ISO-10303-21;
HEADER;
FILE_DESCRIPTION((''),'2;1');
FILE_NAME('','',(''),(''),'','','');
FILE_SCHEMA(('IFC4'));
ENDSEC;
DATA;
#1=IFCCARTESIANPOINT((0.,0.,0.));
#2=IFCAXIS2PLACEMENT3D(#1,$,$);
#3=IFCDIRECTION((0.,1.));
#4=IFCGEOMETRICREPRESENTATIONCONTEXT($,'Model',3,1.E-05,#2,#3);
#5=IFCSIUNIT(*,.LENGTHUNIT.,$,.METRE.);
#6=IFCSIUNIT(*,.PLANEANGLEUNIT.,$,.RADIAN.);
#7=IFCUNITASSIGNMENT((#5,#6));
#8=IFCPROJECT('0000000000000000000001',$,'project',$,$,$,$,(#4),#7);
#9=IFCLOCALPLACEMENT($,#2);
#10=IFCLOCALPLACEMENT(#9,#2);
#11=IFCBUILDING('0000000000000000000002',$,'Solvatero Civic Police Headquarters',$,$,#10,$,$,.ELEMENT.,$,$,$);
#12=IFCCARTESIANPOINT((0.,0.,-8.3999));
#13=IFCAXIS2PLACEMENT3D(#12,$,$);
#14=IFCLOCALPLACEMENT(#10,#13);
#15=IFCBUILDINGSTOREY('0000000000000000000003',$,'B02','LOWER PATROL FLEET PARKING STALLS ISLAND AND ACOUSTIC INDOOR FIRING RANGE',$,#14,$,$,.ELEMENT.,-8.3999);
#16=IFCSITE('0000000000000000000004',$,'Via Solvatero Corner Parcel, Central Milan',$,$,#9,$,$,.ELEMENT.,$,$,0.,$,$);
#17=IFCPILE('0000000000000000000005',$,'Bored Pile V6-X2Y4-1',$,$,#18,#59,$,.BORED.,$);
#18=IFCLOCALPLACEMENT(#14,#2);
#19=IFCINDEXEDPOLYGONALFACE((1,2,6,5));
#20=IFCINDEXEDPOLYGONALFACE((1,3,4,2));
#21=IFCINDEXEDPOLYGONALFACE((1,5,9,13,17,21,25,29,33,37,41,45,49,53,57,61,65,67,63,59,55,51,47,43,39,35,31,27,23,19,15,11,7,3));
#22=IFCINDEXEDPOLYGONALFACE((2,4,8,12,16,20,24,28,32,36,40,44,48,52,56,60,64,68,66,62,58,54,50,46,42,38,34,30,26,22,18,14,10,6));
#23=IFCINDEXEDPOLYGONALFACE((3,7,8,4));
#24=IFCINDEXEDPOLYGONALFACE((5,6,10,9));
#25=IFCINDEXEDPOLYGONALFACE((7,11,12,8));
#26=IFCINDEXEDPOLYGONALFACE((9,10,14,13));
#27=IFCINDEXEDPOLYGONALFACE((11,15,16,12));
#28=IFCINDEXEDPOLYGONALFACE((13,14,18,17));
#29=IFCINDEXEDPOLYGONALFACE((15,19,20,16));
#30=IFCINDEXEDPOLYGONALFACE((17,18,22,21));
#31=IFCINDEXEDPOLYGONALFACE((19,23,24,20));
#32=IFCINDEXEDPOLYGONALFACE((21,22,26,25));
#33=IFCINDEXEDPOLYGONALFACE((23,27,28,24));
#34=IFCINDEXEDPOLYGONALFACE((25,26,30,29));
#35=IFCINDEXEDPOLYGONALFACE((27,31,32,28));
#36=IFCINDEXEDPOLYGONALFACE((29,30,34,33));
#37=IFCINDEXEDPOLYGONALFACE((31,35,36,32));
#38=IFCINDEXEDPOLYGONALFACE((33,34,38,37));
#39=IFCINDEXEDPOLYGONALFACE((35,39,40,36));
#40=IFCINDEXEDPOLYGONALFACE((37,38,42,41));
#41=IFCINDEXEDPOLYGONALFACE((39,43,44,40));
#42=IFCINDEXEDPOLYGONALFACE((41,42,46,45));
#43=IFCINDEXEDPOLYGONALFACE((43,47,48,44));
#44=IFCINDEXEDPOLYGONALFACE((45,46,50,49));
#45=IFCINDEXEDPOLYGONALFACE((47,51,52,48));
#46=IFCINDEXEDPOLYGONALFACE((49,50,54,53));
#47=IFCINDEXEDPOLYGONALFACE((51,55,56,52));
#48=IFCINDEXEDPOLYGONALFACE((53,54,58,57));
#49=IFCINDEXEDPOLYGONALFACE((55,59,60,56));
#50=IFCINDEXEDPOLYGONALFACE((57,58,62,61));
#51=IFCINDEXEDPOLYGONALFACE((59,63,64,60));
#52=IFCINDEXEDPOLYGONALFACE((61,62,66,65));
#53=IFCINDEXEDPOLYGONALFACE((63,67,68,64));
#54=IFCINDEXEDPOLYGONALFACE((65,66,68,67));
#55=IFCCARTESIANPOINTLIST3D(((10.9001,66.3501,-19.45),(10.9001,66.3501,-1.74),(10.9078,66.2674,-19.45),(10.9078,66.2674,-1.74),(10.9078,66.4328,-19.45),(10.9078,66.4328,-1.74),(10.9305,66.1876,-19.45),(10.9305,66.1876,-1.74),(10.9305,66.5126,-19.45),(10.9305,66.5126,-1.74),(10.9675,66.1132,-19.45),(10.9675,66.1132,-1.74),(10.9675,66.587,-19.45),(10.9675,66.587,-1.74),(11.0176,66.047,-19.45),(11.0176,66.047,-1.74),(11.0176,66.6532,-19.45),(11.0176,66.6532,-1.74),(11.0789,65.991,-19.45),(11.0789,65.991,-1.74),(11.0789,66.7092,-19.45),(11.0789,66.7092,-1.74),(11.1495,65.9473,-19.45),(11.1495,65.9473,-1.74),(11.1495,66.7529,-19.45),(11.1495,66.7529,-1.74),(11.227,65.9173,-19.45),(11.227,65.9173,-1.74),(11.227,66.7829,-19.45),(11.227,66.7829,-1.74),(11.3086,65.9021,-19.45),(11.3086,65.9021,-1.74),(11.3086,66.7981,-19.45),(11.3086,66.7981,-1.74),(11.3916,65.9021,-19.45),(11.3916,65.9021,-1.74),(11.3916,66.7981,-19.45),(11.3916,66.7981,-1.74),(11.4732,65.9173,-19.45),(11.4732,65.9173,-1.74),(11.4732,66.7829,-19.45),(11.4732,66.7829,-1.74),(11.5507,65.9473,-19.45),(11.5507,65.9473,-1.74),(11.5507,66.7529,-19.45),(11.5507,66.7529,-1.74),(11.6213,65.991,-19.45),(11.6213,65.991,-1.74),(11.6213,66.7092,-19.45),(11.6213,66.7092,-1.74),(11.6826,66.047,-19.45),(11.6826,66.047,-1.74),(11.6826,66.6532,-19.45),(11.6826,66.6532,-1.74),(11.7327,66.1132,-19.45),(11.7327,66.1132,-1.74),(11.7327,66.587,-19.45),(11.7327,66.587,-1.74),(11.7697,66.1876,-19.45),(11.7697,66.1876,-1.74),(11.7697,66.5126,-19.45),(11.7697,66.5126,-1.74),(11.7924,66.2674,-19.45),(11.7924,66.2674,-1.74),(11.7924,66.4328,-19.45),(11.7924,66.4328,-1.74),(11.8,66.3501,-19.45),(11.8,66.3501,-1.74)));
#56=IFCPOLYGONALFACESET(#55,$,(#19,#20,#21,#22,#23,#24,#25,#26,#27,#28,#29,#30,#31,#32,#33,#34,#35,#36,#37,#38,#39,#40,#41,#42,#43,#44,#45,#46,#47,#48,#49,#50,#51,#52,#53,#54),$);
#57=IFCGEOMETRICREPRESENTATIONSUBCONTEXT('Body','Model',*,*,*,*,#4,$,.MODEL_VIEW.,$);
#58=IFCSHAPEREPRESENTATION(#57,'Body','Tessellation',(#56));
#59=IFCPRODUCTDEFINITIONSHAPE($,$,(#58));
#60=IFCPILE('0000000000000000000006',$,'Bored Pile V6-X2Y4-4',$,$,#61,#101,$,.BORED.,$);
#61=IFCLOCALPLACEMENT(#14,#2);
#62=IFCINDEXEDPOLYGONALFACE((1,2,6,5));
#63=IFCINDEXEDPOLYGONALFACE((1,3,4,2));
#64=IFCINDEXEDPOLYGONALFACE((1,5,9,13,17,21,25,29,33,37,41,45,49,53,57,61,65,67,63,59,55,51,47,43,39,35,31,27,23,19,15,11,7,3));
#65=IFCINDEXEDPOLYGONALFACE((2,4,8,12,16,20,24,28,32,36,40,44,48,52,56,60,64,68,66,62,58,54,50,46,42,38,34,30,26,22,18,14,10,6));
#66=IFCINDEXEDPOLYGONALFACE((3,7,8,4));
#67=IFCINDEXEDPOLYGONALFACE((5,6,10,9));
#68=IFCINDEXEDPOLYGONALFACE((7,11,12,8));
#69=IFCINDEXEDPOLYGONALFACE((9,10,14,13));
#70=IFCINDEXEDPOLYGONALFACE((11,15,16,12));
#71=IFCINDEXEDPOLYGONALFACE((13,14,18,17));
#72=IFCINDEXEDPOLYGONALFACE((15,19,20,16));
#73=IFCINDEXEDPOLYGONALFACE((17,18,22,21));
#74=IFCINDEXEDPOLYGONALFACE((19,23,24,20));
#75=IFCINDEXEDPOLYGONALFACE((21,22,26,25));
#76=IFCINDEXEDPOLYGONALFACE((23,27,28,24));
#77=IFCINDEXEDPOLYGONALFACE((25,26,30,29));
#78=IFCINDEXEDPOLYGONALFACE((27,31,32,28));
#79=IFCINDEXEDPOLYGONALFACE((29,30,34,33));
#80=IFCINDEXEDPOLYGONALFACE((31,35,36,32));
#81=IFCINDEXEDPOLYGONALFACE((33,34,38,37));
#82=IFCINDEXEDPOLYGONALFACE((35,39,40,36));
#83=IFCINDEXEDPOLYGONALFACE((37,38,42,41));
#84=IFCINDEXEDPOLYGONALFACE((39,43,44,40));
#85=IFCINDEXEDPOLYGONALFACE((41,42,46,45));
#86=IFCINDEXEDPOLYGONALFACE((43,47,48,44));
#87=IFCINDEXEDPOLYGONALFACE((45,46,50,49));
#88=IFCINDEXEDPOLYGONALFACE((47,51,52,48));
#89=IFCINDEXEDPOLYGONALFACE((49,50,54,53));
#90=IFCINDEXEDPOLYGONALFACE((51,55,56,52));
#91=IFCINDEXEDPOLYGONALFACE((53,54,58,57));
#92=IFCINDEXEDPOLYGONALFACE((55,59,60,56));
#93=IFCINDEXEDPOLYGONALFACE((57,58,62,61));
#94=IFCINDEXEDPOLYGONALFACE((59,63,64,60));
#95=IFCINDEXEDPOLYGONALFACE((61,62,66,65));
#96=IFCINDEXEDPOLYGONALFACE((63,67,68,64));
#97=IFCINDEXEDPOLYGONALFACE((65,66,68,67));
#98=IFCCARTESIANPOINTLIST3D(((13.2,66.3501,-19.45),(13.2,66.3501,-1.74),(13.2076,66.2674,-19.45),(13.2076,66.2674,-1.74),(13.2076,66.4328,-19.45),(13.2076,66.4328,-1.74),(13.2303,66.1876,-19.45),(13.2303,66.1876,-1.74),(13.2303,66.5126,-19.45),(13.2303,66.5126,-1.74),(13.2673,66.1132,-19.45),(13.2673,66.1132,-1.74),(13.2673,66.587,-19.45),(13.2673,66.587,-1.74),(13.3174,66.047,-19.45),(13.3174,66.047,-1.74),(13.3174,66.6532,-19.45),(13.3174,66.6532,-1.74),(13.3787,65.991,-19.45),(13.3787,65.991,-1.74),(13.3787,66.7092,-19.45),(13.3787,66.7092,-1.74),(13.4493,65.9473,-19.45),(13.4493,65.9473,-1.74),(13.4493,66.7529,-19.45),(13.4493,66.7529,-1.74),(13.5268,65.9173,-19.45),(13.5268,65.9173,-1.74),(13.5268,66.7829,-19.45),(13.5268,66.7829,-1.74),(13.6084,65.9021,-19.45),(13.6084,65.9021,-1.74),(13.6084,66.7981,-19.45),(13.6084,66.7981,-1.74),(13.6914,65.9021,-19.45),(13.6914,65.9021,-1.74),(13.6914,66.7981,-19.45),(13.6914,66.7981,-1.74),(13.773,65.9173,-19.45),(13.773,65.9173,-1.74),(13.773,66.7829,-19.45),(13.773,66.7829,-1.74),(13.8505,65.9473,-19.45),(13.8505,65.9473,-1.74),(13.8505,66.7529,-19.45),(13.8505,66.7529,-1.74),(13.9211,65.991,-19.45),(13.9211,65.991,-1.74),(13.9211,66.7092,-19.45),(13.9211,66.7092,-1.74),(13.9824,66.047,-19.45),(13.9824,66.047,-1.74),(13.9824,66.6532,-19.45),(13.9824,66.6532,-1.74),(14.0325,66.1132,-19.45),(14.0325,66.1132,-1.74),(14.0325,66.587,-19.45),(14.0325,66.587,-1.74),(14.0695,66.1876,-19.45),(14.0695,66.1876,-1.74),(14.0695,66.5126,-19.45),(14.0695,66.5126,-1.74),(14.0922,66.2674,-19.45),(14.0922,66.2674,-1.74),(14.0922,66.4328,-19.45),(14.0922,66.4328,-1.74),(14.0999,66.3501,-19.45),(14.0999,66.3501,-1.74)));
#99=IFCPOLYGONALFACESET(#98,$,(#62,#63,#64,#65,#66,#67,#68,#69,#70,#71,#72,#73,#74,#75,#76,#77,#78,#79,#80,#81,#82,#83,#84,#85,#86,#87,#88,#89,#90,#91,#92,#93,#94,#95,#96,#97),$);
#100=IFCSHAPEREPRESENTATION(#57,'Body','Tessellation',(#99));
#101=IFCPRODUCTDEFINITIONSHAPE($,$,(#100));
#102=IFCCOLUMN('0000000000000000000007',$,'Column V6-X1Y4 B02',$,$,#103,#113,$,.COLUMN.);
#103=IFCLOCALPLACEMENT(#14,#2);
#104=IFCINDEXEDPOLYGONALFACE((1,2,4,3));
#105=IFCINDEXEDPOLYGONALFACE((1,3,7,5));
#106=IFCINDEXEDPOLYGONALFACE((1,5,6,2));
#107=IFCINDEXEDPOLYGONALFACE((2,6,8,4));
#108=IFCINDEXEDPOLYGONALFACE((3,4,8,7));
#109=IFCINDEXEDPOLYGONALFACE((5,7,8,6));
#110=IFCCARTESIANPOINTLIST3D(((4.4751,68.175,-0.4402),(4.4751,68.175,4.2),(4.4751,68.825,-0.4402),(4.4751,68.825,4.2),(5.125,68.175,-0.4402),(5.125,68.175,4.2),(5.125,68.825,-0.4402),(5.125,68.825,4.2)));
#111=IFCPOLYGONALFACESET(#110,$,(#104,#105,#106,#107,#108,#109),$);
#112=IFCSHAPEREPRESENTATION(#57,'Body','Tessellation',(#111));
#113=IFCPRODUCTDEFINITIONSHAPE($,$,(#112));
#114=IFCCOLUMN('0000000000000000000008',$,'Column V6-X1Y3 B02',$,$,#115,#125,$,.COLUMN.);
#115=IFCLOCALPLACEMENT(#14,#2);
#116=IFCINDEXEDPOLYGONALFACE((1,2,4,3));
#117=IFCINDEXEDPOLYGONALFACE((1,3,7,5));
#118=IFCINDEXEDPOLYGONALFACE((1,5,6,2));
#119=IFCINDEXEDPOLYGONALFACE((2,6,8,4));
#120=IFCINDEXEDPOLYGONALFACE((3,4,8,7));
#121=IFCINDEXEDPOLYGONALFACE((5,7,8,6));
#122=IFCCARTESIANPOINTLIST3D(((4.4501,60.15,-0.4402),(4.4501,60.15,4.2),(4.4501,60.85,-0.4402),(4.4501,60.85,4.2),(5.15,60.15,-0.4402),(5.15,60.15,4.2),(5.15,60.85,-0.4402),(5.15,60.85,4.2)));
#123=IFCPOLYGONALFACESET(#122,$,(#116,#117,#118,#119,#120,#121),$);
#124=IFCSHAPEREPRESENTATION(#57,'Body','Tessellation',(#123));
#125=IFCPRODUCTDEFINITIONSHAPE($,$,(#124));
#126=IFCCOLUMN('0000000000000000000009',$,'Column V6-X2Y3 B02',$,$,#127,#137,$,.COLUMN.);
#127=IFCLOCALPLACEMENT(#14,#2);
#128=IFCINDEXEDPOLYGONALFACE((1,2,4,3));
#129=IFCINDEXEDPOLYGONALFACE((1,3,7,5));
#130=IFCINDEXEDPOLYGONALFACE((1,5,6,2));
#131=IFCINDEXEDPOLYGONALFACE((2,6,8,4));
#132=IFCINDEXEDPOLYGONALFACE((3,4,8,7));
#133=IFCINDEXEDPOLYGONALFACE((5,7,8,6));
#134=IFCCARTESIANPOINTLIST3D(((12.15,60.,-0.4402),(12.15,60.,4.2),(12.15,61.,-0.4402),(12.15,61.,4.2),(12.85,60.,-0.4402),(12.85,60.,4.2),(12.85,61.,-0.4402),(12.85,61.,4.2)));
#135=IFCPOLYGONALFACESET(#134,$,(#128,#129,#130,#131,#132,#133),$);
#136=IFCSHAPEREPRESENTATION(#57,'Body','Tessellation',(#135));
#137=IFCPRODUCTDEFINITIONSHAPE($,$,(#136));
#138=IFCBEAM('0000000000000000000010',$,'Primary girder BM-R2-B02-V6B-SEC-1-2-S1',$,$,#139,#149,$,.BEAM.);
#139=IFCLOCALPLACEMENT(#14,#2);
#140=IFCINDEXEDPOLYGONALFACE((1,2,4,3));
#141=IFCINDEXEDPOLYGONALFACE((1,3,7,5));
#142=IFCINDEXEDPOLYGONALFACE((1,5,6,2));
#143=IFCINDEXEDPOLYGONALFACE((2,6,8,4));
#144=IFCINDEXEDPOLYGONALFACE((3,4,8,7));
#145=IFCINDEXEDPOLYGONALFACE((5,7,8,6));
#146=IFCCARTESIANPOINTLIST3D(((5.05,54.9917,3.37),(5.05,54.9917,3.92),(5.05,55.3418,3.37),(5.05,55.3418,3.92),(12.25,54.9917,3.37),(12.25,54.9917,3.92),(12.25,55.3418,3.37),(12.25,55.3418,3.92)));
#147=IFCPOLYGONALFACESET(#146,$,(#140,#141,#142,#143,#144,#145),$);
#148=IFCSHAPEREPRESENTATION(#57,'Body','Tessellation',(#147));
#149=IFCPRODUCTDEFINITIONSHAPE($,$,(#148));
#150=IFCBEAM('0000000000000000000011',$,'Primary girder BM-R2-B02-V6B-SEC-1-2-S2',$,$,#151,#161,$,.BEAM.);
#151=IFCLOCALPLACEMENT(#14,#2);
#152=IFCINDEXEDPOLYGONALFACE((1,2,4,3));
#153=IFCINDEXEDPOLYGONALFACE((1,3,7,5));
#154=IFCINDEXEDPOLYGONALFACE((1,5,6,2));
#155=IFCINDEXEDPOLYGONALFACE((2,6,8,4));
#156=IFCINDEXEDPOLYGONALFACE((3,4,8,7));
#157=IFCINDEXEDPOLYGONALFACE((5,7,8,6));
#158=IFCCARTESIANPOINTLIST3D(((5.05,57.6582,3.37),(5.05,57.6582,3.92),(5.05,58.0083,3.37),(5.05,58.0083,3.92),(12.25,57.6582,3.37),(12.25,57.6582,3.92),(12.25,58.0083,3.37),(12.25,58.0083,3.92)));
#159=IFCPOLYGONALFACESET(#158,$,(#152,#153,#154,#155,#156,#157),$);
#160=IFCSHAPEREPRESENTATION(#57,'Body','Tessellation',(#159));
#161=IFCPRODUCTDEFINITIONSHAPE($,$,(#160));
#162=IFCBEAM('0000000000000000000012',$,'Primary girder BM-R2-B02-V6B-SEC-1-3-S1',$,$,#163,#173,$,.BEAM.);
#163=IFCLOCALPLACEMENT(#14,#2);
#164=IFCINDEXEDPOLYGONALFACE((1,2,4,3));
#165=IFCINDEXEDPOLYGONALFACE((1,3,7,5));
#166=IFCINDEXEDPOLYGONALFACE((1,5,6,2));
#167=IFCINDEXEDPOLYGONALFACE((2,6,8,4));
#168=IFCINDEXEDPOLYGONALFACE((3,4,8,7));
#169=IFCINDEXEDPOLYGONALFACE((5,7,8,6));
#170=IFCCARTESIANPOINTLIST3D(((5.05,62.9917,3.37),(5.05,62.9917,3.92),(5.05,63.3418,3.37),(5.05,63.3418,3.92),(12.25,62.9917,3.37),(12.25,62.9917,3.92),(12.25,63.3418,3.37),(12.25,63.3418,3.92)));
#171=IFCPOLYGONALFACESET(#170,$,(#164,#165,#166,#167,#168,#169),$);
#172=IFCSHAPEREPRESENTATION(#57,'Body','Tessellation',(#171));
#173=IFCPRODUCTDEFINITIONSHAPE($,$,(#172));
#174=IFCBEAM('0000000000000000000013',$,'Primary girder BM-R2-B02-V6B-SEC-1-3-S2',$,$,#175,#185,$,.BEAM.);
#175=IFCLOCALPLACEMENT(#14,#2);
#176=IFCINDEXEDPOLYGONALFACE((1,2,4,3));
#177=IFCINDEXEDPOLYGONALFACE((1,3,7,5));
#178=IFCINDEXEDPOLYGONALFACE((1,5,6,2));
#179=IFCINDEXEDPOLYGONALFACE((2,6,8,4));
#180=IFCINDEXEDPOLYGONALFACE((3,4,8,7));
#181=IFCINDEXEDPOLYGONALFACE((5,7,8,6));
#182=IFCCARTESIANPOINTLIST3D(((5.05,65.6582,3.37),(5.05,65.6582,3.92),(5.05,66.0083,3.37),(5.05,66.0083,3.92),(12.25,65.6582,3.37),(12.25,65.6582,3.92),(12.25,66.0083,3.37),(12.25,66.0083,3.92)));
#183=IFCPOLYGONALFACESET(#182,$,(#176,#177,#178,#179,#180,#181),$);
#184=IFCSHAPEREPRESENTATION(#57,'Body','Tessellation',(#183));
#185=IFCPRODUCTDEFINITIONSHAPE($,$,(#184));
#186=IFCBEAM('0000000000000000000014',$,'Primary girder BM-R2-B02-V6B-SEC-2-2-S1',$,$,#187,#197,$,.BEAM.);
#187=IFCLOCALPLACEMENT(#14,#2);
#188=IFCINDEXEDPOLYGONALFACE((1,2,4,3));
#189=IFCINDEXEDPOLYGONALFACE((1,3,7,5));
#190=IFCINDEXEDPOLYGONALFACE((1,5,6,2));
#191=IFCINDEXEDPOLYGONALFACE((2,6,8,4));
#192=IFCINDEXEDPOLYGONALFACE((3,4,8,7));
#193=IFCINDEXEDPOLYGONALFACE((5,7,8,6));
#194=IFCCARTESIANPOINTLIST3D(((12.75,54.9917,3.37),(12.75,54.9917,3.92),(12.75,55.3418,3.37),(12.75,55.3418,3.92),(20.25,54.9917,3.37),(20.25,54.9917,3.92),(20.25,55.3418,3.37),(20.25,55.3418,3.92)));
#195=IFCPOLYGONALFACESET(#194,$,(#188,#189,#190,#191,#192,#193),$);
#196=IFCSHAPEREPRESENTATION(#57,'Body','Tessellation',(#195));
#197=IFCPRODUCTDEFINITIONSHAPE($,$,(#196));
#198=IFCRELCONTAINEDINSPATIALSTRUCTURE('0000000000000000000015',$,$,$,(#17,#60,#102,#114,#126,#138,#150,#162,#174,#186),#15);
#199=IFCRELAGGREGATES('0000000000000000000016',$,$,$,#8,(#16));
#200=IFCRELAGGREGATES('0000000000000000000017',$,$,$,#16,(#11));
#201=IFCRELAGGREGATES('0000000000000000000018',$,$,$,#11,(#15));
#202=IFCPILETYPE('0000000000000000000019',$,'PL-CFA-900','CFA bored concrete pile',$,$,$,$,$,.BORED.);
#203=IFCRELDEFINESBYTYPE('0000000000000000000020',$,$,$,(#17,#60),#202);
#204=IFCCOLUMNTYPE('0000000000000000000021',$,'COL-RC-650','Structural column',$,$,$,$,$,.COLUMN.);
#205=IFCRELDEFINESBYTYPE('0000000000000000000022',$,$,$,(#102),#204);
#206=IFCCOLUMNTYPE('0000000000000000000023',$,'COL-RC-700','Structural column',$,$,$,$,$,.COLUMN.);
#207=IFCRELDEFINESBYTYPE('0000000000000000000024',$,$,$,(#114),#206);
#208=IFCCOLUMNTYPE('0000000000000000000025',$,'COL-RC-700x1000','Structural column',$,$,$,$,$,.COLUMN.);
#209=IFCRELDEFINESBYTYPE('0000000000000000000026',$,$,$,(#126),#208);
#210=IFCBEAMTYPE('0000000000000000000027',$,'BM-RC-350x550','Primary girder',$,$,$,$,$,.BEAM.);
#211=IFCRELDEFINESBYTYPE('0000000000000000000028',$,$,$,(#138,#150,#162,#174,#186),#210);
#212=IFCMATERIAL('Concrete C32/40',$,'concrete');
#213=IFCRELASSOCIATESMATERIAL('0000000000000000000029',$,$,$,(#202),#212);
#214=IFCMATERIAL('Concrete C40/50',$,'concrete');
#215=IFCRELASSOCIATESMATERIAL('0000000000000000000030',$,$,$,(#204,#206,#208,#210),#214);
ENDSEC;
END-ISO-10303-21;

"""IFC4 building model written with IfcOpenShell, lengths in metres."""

from ifc_helpers import new_model, si_unit, direction, frame, origin, origin_2d, place, context, subcontext, project, spatial, rectangle, circle, extrude, material, material_profile, profile_set, type_object, element, save


model = new_model("IFC4")

# Units and contexts
model_context = context("Model", 3, precision=1e-05, world=origin(), true_north=direction((0.0, 1.0)))
body_context = subcontext(model_context, "Body", "Model", "MODEL_VIEW")
ifc_project = project(units=[si_unit("LENGTHUNIT", "METRE"), si_unit("PLANEANGLEUNIT", "RADIAN")], contexts=[model_context])

# Site, building, storey
site_placement = place(None, origin())
site = spatial("IfcSite", under=ifc_project, at=site_placement, Name="Via Solvatero Corner Parcel, Central Milan", CompositionType="ELEMENT", RefElevation=0.0)
building_placement = place(site_placement, origin())
building = spatial("IfcBuilding", under=site, at=building_placement, Name="Solvatero Civic Police Headquarters", CompositionType="ELEMENT")
storey_placement = place(building_placement, frame((0.0, 0.0, -8.3999)))
storey = spatial("IfcBuildingStorey", under=building, at=storey_placement, Name="B02", Description="LOWER PATROL FLEET PARKING STALLS ISLAND AND ACOUSTIC INDOOR FIRING RANGE", CompositionType="ELEMENT", Elevation=-8.3999)

# Piles
ifc_material_1 = material(Name="Concrete C32/40", Category="concrete")
ifc_material_profile_1 = material_profile(ifc_material_1, circle(Radius=0.45, at=origin_2d()), Name="CFA PILE D900")
ifc_profile_set_1 = profile_set([ifc_material_profile_1], Name="Concrete C32/40")
pile_type_1 = type_object("IfcPileType", Name="PL-CFA-900", Description="CFA bored concrete pile", PredefinedType="BORED", material=ifc_profile_set_1)
for number, where, z_axis, x_axis, name in (
    (1, (11.3501, 66.3501, -1.74), (0.0, 0.0, -1.0), (1.0, 0.0, 0.0), "Bored Pile V6-X2Y4-1"),
    (2, (13.6499, 66.3501, -1.74), (0.0, 0.0, -1.0), (1.0, 0.0, 0.0), "Bored Pile V6-X2Y4-4"),
):
    element("IfcPile", number, at=place(storey_placement, frame(where, z_axis=z_axis, x_axis=x_axis)), inside=storey, type_object=pile_type_1, Name=name, PredefinedType="BORED", context=body_context, shape_type="SweptSolid", body=[
        extrude(circle(Radius=0.45, at=origin_2d()), origin(), (0.0, 0.0, 1.0), 17.71),
    ])

# Columns
ifc_material_2 = material(Name="Concrete C40/50", Category="concrete")
ifc_material_profile_2 = material_profile(ifc_material_2, rectangle(XDim=0.6499, YDim=0.6499, at=origin_2d()), Name="RC 650x650")
ifc_profile_set_2 = profile_set([ifc_material_profile_2], Name="Concrete C40/50")
column_type_1 = type_object("IfcColumnType", Name="COL-RC-650", Description="Structural column", PredefinedType="COLUMN", material=ifc_profile_set_2)
column_1_placement = place(storey_placement, frame((4.8, 68.5, -0.4402), z_axis=(0.0, 0.0, 1.0), x_axis=(1.0, 0.0, 0.0)))
element("IfcColumn", 3, at=column_1_placement, inside=storey, type_object=column_type_1, Name="Column V6-X1Y4 B02", PredefinedType="COLUMN", context=body_context, shape_type="SweptSolid", body=[
    extrude(rectangle(XDim=0.6499, YDim=0.6499, at=origin_2d()), origin(), (0.0, 0.0, 1.0), 4.6401),
])
ifc_material_profile_3 = material_profile(ifc_material_2, rectangle(XDim=0.7, YDim=0.7, at=origin_2d()), Name="RC 700x700")
ifc_profile_set_3 = profile_set([ifc_material_profile_3], Name="Concrete C40/50")
column_type_2 = type_object("IfcColumnType", Name="COL-RC-700", Description="Structural column", PredefinedType="COLUMN", material=ifc_profile_set_3)
column_2_placement = place(storey_placement, frame((4.8, 60.5, -0.4402), z_axis=(0.0, 0.0, 1.0), x_axis=(1.0, 0.0, 0.0)))
element("IfcColumn", 4, at=column_2_placement, inside=storey, type_object=column_type_2, Name="Column V6-X1Y3 B02", PredefinedType="COLUMN", context=body_context, shape_type="SweptSolid", body=[
    extrude(rectangle(XDim=0.7, YDim=0.7, at=origin_2d()), origin(), (0.0, 0.0, 1.0), 4.6401),
])
ifc_material_profile_4 = material_profile(ifc_material_2, rectangle(XDim=0.7, YDim=1.0, at=origin_2d()), Name="RC 700x1000")
ifc_profile_set_4 = profile_set([ifc_material_profile_4], Name="Concrete C40/50")
column_type_3 = type_object("IfcColumnType", Name="COL-RC-700x1000", Description="Structural column", PredefinedType="COLUMN", material=ifc_profile_set_4)
column_3_placement = place(storey_placement, frame((12.5, 60.5, -0.4402), z_axis=(0.0, 0.0, 1.0), x_axis=(1.0, 0.0, 0.0)))
element("IfcColumn", 5, at=column_3_placement, inside=storey, type_object=column_type_3, Name="Column V6-X2Y3 B02", PredefinedType="COLUMN", context=body_context, shape_type="SweptSolid", body=[
    extrude(rectangle(XDim=0.7, YDim=1.0, at=origin_2d()), origin(), (0.0, 0.0, 1.0), 4.6401),
])

# Beams
ifc_material_profile_5 = material_profile(ifc_material_2, rectangle(XDim=0.3501, YDim=0.55, at=origin_2d()), Name="RC 350x550")
ifc_profile_set_5 = profile_set([ifc_material_profile_5], Name="Concrete C40/50")
beam_type_1 = type_object("IfcBeamType", Name="BM-RC-350x550", Description="Primary girder", PredefinedType="BEAM", material=ifc_profile_set_5)
for number, where, z_axis, x_axis, name in (
    (6, (5.05, 55.1667, 3.645), (1.0, 0.0, 0.0), (0.0, 1.0, 0.0), "Primary girder BM-R2-B02-V6B-SEC-1-2-S1"),
    (7, (5.05, 57.8333, 3.645), (1.0, 0.0, 0.0), (0.0, 1.0, 0.0), "Primary girder BM-R2-B02-V6B-SEC-1-2-S2"),
    (8, (5.05, 63.1667, 3.645), (1.0, 0.0, 0.0), (0.0, 1.0, 0.0), "Primary girder BM-R2-B02-V6B-SEC-1-3-S1"),
    (9, (5.05, 65.8333, 3.645), (1.0, 0.0, 0.0), (0.0, 1.0, 0.0), "Primary girder BM-R2-B02-V6B-SEC-1-3-S2"),
):
    element("IfcBeam", number, at=place(storey_placement, frame(where, z_axis=z_axis, x_axis=x_axis)), inside=storey, type_object=beam_type_1, Name=name, PredefinedType="BEAM", context=body_context, shape_type="SweptSolid", body=[
        extrude(rectangle(XDim=0.3501, YDim=0.55, at=origin_2d()), origin(), (0.0, 0.0, 1.0), 7.2),
    ])
for number, where, z_axis, x_axis, name in (
    (10, (12.75, 55.1667, 3.645), (1.0, 0.0, 0.0), (0.0, 1.0, 0.0), "Primary girder BM-R2-B02-V6B-SEC-2-2-S1"),
):
    element("IfcBeam", number, at=place(storey_placement, frame(where, z_axis=z_axis, x_axis=x_axis)), inside=storey, type_object=beam_type_1, Name=name, PredefinedType="BEAM", context=body_context, shape_type="SweptSolid", body=[
        extrude(rectangle(XDim=0.3501, YDim=0.55, at=origin_2d()), origin(), (0.0, 0.0, 1.0), 7.5),
    ])

save(model, "model.ifc")
